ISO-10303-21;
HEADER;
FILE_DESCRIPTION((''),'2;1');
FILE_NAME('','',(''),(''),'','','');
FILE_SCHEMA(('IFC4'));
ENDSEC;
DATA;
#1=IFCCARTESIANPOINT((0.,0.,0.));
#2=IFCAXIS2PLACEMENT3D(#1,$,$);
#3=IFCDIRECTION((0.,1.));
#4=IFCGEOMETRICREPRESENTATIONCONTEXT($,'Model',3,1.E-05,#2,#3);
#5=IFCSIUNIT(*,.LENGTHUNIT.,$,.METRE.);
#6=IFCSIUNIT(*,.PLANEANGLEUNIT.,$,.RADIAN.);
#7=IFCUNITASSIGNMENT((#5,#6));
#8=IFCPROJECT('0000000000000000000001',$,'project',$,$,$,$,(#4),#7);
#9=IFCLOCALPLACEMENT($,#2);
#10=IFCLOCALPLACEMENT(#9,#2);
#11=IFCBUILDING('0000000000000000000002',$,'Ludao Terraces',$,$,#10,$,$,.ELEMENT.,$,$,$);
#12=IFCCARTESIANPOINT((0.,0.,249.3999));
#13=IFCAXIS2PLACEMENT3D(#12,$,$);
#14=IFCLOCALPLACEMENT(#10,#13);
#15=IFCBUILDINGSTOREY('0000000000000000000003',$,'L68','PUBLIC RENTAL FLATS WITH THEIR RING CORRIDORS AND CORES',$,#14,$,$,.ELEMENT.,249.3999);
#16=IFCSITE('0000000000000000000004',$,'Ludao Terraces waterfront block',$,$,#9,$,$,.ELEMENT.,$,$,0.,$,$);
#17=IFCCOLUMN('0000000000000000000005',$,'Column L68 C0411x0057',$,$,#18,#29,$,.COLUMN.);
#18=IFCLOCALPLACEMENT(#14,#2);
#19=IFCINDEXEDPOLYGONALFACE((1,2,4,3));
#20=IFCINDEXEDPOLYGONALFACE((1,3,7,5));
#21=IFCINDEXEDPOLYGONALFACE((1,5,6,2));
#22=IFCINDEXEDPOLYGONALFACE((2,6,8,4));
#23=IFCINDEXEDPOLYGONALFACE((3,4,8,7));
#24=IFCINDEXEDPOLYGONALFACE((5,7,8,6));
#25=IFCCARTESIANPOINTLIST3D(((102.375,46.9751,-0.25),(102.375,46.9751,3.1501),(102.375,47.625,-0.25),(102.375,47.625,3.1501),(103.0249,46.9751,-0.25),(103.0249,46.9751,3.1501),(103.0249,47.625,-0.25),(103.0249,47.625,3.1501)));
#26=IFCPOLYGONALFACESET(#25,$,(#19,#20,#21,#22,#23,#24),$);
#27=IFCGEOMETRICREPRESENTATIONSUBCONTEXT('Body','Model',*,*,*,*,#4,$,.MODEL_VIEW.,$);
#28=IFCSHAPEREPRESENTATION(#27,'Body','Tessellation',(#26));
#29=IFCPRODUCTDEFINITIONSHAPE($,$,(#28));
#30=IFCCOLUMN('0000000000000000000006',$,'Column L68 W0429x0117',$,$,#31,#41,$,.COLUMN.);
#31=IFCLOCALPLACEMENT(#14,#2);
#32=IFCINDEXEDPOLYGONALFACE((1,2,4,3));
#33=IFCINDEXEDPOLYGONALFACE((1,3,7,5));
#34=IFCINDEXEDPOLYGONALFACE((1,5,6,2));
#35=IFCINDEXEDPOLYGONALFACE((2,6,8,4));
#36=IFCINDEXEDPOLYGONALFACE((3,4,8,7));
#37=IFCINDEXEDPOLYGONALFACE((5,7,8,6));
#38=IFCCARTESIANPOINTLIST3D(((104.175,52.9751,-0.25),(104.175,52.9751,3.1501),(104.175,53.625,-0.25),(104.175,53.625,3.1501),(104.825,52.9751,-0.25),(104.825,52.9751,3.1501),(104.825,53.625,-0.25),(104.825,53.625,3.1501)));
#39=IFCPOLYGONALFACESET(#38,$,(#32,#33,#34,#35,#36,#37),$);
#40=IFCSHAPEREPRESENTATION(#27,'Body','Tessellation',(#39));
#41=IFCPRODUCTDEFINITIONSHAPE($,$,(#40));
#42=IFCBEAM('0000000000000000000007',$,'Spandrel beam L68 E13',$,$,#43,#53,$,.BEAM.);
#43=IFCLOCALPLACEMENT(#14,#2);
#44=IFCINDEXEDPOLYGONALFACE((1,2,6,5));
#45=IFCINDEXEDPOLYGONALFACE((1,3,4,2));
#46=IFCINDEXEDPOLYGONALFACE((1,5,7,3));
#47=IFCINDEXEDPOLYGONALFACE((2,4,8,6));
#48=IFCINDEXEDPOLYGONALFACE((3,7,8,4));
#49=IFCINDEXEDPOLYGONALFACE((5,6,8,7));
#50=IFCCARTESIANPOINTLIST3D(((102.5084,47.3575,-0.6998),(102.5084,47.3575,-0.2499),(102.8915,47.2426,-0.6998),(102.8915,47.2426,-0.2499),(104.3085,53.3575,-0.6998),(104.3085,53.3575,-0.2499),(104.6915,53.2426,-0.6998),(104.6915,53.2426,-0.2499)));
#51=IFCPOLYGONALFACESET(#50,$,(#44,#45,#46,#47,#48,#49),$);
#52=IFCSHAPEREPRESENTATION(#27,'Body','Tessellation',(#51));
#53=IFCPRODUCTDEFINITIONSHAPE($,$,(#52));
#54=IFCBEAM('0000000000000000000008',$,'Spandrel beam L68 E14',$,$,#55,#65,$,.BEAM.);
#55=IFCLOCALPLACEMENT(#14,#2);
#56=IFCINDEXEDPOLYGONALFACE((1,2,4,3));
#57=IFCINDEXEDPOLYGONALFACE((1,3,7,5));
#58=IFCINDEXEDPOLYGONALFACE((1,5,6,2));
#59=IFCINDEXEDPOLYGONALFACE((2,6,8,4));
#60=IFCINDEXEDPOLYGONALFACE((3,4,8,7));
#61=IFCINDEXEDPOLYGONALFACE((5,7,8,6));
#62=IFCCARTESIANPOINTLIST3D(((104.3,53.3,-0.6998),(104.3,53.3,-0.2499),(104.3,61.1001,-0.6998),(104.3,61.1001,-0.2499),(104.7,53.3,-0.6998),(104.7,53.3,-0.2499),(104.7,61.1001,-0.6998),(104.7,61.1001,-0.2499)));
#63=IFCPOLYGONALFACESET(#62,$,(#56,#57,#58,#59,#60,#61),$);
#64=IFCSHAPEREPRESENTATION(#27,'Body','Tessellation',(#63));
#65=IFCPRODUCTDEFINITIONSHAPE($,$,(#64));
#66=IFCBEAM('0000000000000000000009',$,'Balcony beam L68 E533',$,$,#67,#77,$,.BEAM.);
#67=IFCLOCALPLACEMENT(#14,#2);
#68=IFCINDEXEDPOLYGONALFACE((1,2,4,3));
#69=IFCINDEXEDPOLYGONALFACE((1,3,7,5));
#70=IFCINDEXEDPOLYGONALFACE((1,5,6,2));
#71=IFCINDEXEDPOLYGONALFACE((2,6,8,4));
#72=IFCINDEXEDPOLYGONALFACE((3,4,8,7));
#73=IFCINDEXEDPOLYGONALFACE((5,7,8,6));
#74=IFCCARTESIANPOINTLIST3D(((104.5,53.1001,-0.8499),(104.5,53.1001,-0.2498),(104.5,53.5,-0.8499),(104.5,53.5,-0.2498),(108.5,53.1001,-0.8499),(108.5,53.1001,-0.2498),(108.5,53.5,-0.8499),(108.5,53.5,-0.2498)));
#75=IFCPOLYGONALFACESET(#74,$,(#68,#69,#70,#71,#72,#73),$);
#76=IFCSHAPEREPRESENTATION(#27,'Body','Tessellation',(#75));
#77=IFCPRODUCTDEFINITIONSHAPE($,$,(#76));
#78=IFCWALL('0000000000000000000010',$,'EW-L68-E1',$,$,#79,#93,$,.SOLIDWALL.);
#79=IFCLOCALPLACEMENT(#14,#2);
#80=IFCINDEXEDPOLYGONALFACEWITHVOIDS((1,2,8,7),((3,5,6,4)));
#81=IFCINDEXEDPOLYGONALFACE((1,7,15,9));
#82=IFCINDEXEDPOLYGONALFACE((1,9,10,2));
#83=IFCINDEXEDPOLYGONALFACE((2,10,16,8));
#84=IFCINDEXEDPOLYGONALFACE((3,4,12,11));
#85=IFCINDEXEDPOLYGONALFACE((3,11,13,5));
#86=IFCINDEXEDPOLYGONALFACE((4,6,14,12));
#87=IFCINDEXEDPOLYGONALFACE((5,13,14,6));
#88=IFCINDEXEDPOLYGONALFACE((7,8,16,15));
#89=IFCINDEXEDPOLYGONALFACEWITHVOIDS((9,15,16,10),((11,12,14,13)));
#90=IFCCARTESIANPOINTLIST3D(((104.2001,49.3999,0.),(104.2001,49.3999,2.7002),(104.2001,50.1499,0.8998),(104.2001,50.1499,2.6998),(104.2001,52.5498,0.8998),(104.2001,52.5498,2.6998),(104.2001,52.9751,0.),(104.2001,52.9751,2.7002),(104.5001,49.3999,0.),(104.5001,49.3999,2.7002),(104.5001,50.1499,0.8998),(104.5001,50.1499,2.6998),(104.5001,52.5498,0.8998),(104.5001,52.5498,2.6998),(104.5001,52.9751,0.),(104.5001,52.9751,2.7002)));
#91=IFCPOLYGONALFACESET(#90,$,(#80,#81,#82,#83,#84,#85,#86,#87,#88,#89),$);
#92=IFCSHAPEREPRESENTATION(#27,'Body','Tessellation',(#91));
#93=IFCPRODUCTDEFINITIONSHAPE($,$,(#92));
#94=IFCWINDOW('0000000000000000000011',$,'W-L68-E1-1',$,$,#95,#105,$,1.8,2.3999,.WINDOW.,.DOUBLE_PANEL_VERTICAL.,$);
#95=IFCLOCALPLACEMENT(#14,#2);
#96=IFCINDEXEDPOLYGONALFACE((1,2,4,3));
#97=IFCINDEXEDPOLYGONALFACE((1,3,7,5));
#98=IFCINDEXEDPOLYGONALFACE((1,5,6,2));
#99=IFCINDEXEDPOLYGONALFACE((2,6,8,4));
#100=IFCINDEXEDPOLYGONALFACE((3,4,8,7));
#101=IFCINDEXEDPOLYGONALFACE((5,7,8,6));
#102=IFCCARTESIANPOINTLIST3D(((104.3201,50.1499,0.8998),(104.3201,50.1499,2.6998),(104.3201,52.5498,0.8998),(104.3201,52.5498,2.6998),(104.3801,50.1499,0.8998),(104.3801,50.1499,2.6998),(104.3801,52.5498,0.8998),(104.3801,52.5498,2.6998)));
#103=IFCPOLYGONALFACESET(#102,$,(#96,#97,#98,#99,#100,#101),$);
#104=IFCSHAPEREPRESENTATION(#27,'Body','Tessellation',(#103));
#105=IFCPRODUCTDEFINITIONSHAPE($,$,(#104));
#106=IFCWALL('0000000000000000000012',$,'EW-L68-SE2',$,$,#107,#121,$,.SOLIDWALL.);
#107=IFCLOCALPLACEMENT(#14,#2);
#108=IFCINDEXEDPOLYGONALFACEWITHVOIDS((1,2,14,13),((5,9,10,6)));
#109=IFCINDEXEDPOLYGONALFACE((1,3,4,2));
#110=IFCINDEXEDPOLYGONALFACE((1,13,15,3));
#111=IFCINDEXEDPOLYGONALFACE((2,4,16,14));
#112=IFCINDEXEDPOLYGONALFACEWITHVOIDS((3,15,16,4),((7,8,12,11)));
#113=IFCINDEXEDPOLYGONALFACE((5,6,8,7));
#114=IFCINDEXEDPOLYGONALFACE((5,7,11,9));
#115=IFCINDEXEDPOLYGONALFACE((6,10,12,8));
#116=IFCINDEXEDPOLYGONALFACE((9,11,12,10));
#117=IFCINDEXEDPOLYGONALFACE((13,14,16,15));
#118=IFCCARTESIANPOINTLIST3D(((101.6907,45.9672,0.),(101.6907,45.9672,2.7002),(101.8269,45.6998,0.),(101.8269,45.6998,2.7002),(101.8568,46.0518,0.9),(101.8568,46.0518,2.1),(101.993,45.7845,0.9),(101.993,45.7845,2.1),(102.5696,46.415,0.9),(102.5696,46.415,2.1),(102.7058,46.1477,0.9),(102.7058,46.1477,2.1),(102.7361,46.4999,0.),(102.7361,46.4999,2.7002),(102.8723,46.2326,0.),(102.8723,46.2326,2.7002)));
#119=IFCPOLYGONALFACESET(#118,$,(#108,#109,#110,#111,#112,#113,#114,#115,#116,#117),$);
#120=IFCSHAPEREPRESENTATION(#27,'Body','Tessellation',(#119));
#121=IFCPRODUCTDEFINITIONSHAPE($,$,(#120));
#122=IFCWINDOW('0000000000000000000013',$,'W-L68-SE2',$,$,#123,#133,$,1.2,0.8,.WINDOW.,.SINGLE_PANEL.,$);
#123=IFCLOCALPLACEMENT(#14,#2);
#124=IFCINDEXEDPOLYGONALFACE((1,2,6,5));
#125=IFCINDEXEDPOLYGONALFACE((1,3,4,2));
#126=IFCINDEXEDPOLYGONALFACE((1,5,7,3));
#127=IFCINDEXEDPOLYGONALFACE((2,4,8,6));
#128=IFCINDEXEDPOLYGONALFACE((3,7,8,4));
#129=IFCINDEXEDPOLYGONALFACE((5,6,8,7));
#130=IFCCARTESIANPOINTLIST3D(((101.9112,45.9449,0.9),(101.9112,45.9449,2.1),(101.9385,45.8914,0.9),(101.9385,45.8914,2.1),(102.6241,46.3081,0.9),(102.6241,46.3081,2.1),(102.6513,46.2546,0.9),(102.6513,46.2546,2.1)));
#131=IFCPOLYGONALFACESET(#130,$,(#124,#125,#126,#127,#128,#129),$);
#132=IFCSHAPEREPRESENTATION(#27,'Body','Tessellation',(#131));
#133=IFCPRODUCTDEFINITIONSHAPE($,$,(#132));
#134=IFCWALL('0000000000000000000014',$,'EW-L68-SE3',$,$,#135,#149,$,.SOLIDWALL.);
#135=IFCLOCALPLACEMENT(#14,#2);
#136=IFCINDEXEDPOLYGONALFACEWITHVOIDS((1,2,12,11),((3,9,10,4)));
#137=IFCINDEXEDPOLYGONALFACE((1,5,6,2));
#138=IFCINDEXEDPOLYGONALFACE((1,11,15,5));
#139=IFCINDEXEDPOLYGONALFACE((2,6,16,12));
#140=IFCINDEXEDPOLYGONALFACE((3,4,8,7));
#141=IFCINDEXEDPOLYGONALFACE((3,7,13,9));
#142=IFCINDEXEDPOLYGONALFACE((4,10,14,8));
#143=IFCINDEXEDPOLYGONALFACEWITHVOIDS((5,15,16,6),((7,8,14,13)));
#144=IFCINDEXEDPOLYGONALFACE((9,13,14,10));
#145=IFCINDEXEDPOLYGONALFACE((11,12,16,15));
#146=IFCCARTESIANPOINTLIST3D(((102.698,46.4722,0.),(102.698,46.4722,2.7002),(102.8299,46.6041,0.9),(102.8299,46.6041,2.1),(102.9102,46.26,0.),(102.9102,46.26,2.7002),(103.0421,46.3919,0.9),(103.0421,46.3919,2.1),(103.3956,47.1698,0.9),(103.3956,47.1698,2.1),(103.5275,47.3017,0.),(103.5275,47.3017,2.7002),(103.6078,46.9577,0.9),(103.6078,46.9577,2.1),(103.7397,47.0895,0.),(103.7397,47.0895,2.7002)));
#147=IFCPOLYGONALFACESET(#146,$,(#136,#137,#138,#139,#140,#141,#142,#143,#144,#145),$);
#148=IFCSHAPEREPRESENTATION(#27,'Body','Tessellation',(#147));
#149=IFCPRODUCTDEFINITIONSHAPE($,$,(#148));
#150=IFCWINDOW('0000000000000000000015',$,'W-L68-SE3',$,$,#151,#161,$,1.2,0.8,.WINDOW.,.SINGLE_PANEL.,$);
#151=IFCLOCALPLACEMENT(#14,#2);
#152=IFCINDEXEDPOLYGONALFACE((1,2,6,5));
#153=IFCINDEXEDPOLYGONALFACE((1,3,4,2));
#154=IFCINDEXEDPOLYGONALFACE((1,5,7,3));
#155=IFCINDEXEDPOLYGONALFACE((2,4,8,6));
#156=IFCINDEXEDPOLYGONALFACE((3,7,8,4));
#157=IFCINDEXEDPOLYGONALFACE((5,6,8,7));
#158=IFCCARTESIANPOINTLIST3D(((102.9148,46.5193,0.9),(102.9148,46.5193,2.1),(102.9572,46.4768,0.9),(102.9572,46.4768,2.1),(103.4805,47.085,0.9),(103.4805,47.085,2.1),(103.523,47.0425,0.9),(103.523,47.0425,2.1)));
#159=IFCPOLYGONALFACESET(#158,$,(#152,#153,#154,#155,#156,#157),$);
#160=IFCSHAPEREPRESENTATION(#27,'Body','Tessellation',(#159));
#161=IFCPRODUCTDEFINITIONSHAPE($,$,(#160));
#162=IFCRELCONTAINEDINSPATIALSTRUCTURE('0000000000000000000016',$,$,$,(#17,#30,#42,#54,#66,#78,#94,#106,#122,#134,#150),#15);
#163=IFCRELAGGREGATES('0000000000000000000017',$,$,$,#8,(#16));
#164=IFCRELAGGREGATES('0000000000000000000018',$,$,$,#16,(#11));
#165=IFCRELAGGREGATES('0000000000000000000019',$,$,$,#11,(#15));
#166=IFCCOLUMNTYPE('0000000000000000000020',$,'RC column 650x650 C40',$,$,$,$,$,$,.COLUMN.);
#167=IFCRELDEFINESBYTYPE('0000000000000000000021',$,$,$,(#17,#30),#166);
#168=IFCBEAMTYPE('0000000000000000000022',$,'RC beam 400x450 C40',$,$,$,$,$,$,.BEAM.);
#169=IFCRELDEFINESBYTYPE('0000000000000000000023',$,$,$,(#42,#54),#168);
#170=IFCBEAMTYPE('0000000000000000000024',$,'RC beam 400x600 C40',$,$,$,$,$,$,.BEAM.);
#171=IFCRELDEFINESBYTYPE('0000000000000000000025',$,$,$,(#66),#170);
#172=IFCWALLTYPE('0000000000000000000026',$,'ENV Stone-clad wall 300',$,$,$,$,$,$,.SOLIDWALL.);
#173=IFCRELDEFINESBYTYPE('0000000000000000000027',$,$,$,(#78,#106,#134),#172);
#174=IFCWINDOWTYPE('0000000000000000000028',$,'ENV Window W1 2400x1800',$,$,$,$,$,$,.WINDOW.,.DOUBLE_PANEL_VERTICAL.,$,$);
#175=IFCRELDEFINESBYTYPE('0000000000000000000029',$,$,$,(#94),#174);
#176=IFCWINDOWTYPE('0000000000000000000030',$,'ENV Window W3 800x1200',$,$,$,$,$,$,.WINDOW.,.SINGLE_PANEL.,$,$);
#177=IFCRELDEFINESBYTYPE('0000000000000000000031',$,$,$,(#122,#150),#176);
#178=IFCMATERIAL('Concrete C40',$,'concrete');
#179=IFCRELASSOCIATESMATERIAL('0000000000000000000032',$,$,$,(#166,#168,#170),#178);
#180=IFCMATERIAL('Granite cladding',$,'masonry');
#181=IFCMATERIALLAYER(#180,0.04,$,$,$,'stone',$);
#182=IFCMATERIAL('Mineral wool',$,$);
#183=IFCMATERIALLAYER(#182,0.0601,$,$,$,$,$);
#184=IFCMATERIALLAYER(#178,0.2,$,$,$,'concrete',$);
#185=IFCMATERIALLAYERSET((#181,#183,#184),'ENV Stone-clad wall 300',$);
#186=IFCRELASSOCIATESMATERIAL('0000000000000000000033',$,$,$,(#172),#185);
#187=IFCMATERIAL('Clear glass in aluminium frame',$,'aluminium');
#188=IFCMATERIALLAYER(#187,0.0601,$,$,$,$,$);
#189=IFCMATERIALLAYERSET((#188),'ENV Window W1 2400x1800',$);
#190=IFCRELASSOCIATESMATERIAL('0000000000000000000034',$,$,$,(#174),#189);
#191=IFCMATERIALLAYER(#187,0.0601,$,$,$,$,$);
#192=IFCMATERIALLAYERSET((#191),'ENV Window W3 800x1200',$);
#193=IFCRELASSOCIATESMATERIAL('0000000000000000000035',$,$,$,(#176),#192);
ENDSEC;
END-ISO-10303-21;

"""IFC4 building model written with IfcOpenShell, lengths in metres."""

from ifc_helpers import new_model, si_unit, direction, frame, frame_2d, origin, origin_2d, place, context, subcontext, project, spatial, rectangle, extrude, material, layer, layer_set, material_profile, profile_set, type_object, element, fill, save


model = new_model("IFC4")

# Units and contexts
model_context = context("Model", 3, precision=1e-05, world=origin(), true_north=direction((0.0, 1.0)))
body_context = subcontext(model_context, "Body", "Model", "MODEL_VIEW")
ifc_project = project(units=[si_unit("LENGTHUNIT", "METRE"), si_unit("PLANEANGLEUNIT", "RADIAN")], contexts=[model_context])

# Site, building, storey
site_placement = place(None, origin())
site = spatial("IfcSite", under=ifc_project, at=site_placement, Name="Ludao Terraces waterfront block", CompositionType="ELEMENT", RefElevation=0.0)
building_placement = place(site_placement, origin())
building = spatial("IfcBuilding", under=site, at=building_placement, Name="Ludao Terraces", CompositionType="ELEMENT")
storey_placement = place(building_placement, frame((0.0, 0.0, 249.3999)))
storey = spatial("IfcBuildingStorey", under=building, at=storey_placement, Name="L68", Description="PUBLIC RENTAL FLATS WITH THEIR RING CORRIDORS AND CORES", CompositionType="ELEMENT", Elevation=249.3999)

# Columns
ifc_material_1 = material(Name="Concrete C40", Category="concrete")
ifc_material_profile_1 = material_profile(ifc_material_1, rectangle(XDim=0.6499, YDim=0.6499, at=origin_2d()), Name="650 X 650")
ifc_profile_set_1 = profile_set([ifc_material_profile_1], Name="Concrete C40")
column_type = type_object("IfcColumnType", Name="RC column 650x650 C40", PredefinedType="COLUMN", material=ifc_profile_set_1)
for number, where, z_axis, x_axis, name in (
    (1, (102.7, 47.3, -0.25), (0.0, 0.0, 1.0), (1.0, 0.0, 0.0), "Column L68 C0411x0057"),
    (2, (104.5, 53.3, -0.25), (0.0, 0.0, 1.0), (1.0, 0.0, 0.0), "Column L68 W0429x0117"),
):
    element("IfcColumn", number, at=place(storey_placement, frame(where, z_axis=z_axis, x_axis=x_axis)), inside=storey, type_object=column_type, Name=name, PredefinedType="COLUMN", context=body_context, shape_type="SweptSolid", body=[
        extrude(rectangle(XDim=0.6499, YDim=0.6499, at=origin_2d()), origin(), (0.0, 0.0, 1.0), 3.4001),
    ])

# Beams
ifc_material_profile_2 = material_profile(ifc_material_1, rectangle(XDim=0.3999, YDim=0.45, at=origin_2d()), Name="400 X 450")
ifc_profile_set_2 = profile_set([ifc_material_profile_2], Name="Concrete C40")
beam_type_1 = type_object("IfcBeamType", Name="RC beam 400x450 C40", PredefinedType="BEAM", material=ifc_profile_set_2)
beam_1_placement = place(storey_placement, frame((102.7, 47.3, -0.4749), z_axis=(0.287355, 0.957824, 0.0), x_axis=(-0.957824, 0.287355, 0.0)))
element("IfcBeam", 3, at=beam_1_placement, inside=storey, type_object=beam_type_1, Name="Spandrel beam L68 E13", PredefinedType="BEAM", context=body_context, shape_type="SweptSolid", body=[
    extrude(rectangle(XDim=0.3999, YDim=0.45, at=origin_2d()), origin(), (0.0, 0.0, 1.0), 6.2642),
])
beam_2_placement = place(storey_placement, frame((104.5, 53.3, -0.4749), z_axis=(0.0, 1.0, 0.0), x_axis=(-1.0, 0.0, 0.0)))
element("IfcBeam", 4, at=beam_2_placement, inside=storey, type_object=beam_type_1, Name="Spandrel beam L68 E14", PredefinedType="BEAM", context=body_context, shape_type="SweptSolid", body=[
    extrude(rectangle(XDim=0.3999, YDim=0.45, at=origin_2d()), origin(), (0.0, 0.0, 1.0), 7.8),
])
ifc_material_profile_3 = material_profile(ifc_material_1, rectangle(XDim=0.3999, YDim=0.6001, at=origin_2d()), Name="400 X 600")
ifc_profile_set_3 = profile_set([ifc_material_profile_3], Name="Concrete C40")
beam_type_2 = type_object("IfcBeamType", Name="RC beam 400x600 C40", PredefinedType="BEAM", material=ifc_profile_set_3)
beam_3_placement = place(storey_placement, frame((104.5, 53.3, -0.5498), z_axis=(1.0, 0.0, 0.0), x_axis=(0.0, 1.0, 0.0)))
element("IfcBeam", 5, at=beam_3_placement, inside=storey, type_object=beam_type_2, Name="Balcony beam L68 E533", PredefinedType="BEAM", context=body_context, shape_type="SweptSolid", body=[
    extrude(rectangle(XDim=0.3999, YDim=0.6001, at=origin_2d()), origin(), (0.0, 0.0, 1.0), 4.0),
])

# Walls, openings, windows
ifc_material_2 = material(Name="Granite cladding", Category="masonry")
ifc_layer_1 = layer(ifc_material_2, 0.04, Category="stone")
ifc_material_3 = material(Name="Mineral wool")
ifc_layer_2 = layer(ifc_material_3, 0.0601)
ifc_layer_3 = layer(ifc_material_1, 0.2, Category="concrete")
ifc_layer_set_1 = layer_set([ifc_layer_1, ifc_layer_2, ifc_layer_3], Name="ENV Stone-clad wall 300")
wall_type = type_object("IfcWallType", Name="ENV Stone-clad wall 300", PredefinedType="SOLIDWALL", material=ifc_layer_set_1)
wall_1_placement = place(storey_placement, frame((104.3501, 49.3999, 0.0), z_axis=(0.0, 0.0, 1.0), x_axis=(0.0, 1.0, 0.0)))
wall_1 = element("IfcWall", 6, at=wall_1_placement, inside=storey, type_object=wall_type, Name="EW-L68-E1", PredefinedType="SOLIDWALL", context=body_context, shape_type="SweptSolid", body=[
    extrude(rectangle(XDim=3.5752, YDim=0.3, at=frame_2d((1.7876, 0.0))), origin(), (0.0, 0.0, 1.0), 2.7002),
])
opening_1_placement = place(wall_1_placement, frame((0.75, 0.0, 0.8999)))
opening_1 = element("IfcOpeningElement", 7, at=opening_1_placement, cuts=wall_1, PredefinedType="OPENING", context=body_context, shape_type="SweptSolid", body=[
    extrude(rectangle(XDim=2.3999, YDim=1.8, at=frame_2d((1.2, 0.8999))), frame((0.0, 0.1602, 0.0), z_axis=(0.0, -1.0, 0.0), x_axis=(1.0, 0.0, 0.0)), (0.0, 0.0, 1.0), 0.3201),
])
ifc_material_4 = material(Name="Clear glass in aluminium frame", Category="aluminium")
ifc_layer_4 = layer(ifc_material_4, 0.0601)
ifc_layer_set_2 = layer_set([ifc_layer_4], Name="ENV Window W1 2400x1800")
window_type_1 = type_object("IfcWindowType", Name="ENV Window W1 2400x1800", PartitioningType="DOUBLE_PANEL_VERTICAL", PredefinedType="WINDOW", material=ifc_layer_set_2)
window_1_placement = place(opening_1_placement, origin())
window_1 = element("IfcWindow", 8, at=window_1_placement, inside=storey, type_object=window_type_1, Name="W-L68-E1-1", OverallHeight=1.8, OverallWidth=2.3999, PartitioningType="DOUBLE_PANEL_VERTICAL", PredefinedType="WINDOW", context=body_context, shape_type="SweptSolid", body=[
    extrude(rectangle(XDim=2.3999, YDim=1.8, at=frame_2d((1.2, 0.8999))), frame((0.0, 0.03, 0.0), z_axis=(0.0, -1.0, 0.0), x_axis=(1.0, 0.0, 0.0)), (0.0, 0.0, 1.0), 0.0601),
])
fill(opening_1, window_1)
wall_2_placement = place(storey_placement, frame((101.7588, 45.8335, 0.0), z_axis=(0.0, 0.0, 1.0), x_axis=(0.890989, 0.454026, 0.0)))
wall_2 = element("IfcWall", 9, at=wall_2_placement, inside=storey, type_object=wall_type, Name="EW-L68-SE2", PredefinedType="SOLIDWALL", context=body_context, shape_type="SweptSolid", body=[
    extrude(rectangle(XDim=1.1733, YDim=0.3, at=frame_2d((0.5867, 0.0))), origin(), (0.0, 0.0, 1.0), 2.7002),
])
opening_2_placement = place(wall_2_placement, frame((0.1865, 0.0, 0.8999)))
opening_2 = element("IfcOpeningElement", 10, at=opening_2_placement, cuts=wall_2, PredefinedType="OPENING", context=body_context, shape_type="SweptSolid", body=[
    extrude(rectangle(XDim=0.8, YDim=1.2, at=frame_2d((0.3999, 0.6001))), frame((0.0, 0.1602, 0.0), z_axis=(0.0, -1.0, 0.0), x_axis=(1.0, 0.0, 0.0)), (0.0, 0.0, 1.0), 0.3201),
])
ifc_layer_5 = layer(ifc_material_4, 0.0601)
ifc_layer_set_3 = layer_set([ifc_layer_5], Name="ENV Window W3 800x1200")
window_type_2 = type_object("IfcWindowType", Name="ENV Window W3 800x1200", PartitioningType="SINGLE_PANEL", PredefinedType="WINDOW", material=ifc_layer_set_3)
window_2_placement = place(opening_2_placement, origin())
window_2 = element("IfcWindow", 11, at=window_2_placement, inside=storey, type_object=window_type_2, Name="W-L68-SE2", OverallHeight=1.2, OverallWidth=0.8, PartitioningType="SINGLE_PANEL", PredefinedType="WINDOW", context=body_context, shape_type="SweptSolid", body=[
    extrude(rectangle(XDim=0.8, YDim=1.2, at=frame_2d((0.3999, 0.6001))), frame((0.0, 0.03, 0.0), z_axis=(0.0, -1.0, 0.0), x_axis=(1.0, 0.0, 0.0)), (0.0, 0.0, 1.0), 0.0601),
])
fill(opening_2, window_2)
wall_3_placement = place(storey_placement, frame((102.8042, 46.3662, 0.0), z_axis=(0.0, 0.0, 1.0), x_axis=(0.707107, 0.707107, 0.0)))
wall_3 = element("IfcWall", 12, at=wall_3_placement, inside=storey, type_object=wall_type, Name="EW-L68-SE3", PredefinedType="SOLIDWALL", context=body_context, shape_type="SweptSolid", body=[
    extrude(rectangle(XDim=1.1731, YDim=0.3, at=frame_2d((0.5864, 0.0))), origin(), (0.0, 0.0, 1.0), 2.7002),
])
opening_3_placement = place(wall_3_placement, frame((0.1865, 0.0, 0.8999)))
opening_3 = element("IfcOpeningElement", 13, at=opening_3_placement, cuts=wall_3, PredefinedType="OPENING", context=body_context, shape_type="SweptSolid", body=[
    extrude(rectangle(XDim=0.8, YDim=1.2, at=frame_2d((0.3999, 0.6001))), frame((0.0, 0.1602, 0.0), z_axis=(0.0, -1.0, 0.0), x_axis=(1.0, 0.0, 0.0)), (0.0, 0.0, 1.0), 0.3201),
])
window_3_placement = place(opening_3_placement, origin())
window_3 = element("IfcWindow", 14, at=window_3_placement, inside=storey, type_object=window_type_2, Name="W-L68-SE3", OverallHeight=1.2, OverallWidth=0.8, PartitioningType="SINGLE_PANEL", PredefinedType="WINDOW", context=body_context, shape_type="SweptSolid", body=[
    extrude(rectangle(XDim=0.8, YDim=1.2, at=frame_2d((0.3999, 0.6001))), frame((0.0, 0.03, 0.0), z_axis=(0.0, -1.0, 0.0), x_axis=(1.0, 0.0, 0.0)), (0.0, 0.0, 1.0), 0.0601),
])
fill(opening_3, window_3)

save(model, "model.ifc")
